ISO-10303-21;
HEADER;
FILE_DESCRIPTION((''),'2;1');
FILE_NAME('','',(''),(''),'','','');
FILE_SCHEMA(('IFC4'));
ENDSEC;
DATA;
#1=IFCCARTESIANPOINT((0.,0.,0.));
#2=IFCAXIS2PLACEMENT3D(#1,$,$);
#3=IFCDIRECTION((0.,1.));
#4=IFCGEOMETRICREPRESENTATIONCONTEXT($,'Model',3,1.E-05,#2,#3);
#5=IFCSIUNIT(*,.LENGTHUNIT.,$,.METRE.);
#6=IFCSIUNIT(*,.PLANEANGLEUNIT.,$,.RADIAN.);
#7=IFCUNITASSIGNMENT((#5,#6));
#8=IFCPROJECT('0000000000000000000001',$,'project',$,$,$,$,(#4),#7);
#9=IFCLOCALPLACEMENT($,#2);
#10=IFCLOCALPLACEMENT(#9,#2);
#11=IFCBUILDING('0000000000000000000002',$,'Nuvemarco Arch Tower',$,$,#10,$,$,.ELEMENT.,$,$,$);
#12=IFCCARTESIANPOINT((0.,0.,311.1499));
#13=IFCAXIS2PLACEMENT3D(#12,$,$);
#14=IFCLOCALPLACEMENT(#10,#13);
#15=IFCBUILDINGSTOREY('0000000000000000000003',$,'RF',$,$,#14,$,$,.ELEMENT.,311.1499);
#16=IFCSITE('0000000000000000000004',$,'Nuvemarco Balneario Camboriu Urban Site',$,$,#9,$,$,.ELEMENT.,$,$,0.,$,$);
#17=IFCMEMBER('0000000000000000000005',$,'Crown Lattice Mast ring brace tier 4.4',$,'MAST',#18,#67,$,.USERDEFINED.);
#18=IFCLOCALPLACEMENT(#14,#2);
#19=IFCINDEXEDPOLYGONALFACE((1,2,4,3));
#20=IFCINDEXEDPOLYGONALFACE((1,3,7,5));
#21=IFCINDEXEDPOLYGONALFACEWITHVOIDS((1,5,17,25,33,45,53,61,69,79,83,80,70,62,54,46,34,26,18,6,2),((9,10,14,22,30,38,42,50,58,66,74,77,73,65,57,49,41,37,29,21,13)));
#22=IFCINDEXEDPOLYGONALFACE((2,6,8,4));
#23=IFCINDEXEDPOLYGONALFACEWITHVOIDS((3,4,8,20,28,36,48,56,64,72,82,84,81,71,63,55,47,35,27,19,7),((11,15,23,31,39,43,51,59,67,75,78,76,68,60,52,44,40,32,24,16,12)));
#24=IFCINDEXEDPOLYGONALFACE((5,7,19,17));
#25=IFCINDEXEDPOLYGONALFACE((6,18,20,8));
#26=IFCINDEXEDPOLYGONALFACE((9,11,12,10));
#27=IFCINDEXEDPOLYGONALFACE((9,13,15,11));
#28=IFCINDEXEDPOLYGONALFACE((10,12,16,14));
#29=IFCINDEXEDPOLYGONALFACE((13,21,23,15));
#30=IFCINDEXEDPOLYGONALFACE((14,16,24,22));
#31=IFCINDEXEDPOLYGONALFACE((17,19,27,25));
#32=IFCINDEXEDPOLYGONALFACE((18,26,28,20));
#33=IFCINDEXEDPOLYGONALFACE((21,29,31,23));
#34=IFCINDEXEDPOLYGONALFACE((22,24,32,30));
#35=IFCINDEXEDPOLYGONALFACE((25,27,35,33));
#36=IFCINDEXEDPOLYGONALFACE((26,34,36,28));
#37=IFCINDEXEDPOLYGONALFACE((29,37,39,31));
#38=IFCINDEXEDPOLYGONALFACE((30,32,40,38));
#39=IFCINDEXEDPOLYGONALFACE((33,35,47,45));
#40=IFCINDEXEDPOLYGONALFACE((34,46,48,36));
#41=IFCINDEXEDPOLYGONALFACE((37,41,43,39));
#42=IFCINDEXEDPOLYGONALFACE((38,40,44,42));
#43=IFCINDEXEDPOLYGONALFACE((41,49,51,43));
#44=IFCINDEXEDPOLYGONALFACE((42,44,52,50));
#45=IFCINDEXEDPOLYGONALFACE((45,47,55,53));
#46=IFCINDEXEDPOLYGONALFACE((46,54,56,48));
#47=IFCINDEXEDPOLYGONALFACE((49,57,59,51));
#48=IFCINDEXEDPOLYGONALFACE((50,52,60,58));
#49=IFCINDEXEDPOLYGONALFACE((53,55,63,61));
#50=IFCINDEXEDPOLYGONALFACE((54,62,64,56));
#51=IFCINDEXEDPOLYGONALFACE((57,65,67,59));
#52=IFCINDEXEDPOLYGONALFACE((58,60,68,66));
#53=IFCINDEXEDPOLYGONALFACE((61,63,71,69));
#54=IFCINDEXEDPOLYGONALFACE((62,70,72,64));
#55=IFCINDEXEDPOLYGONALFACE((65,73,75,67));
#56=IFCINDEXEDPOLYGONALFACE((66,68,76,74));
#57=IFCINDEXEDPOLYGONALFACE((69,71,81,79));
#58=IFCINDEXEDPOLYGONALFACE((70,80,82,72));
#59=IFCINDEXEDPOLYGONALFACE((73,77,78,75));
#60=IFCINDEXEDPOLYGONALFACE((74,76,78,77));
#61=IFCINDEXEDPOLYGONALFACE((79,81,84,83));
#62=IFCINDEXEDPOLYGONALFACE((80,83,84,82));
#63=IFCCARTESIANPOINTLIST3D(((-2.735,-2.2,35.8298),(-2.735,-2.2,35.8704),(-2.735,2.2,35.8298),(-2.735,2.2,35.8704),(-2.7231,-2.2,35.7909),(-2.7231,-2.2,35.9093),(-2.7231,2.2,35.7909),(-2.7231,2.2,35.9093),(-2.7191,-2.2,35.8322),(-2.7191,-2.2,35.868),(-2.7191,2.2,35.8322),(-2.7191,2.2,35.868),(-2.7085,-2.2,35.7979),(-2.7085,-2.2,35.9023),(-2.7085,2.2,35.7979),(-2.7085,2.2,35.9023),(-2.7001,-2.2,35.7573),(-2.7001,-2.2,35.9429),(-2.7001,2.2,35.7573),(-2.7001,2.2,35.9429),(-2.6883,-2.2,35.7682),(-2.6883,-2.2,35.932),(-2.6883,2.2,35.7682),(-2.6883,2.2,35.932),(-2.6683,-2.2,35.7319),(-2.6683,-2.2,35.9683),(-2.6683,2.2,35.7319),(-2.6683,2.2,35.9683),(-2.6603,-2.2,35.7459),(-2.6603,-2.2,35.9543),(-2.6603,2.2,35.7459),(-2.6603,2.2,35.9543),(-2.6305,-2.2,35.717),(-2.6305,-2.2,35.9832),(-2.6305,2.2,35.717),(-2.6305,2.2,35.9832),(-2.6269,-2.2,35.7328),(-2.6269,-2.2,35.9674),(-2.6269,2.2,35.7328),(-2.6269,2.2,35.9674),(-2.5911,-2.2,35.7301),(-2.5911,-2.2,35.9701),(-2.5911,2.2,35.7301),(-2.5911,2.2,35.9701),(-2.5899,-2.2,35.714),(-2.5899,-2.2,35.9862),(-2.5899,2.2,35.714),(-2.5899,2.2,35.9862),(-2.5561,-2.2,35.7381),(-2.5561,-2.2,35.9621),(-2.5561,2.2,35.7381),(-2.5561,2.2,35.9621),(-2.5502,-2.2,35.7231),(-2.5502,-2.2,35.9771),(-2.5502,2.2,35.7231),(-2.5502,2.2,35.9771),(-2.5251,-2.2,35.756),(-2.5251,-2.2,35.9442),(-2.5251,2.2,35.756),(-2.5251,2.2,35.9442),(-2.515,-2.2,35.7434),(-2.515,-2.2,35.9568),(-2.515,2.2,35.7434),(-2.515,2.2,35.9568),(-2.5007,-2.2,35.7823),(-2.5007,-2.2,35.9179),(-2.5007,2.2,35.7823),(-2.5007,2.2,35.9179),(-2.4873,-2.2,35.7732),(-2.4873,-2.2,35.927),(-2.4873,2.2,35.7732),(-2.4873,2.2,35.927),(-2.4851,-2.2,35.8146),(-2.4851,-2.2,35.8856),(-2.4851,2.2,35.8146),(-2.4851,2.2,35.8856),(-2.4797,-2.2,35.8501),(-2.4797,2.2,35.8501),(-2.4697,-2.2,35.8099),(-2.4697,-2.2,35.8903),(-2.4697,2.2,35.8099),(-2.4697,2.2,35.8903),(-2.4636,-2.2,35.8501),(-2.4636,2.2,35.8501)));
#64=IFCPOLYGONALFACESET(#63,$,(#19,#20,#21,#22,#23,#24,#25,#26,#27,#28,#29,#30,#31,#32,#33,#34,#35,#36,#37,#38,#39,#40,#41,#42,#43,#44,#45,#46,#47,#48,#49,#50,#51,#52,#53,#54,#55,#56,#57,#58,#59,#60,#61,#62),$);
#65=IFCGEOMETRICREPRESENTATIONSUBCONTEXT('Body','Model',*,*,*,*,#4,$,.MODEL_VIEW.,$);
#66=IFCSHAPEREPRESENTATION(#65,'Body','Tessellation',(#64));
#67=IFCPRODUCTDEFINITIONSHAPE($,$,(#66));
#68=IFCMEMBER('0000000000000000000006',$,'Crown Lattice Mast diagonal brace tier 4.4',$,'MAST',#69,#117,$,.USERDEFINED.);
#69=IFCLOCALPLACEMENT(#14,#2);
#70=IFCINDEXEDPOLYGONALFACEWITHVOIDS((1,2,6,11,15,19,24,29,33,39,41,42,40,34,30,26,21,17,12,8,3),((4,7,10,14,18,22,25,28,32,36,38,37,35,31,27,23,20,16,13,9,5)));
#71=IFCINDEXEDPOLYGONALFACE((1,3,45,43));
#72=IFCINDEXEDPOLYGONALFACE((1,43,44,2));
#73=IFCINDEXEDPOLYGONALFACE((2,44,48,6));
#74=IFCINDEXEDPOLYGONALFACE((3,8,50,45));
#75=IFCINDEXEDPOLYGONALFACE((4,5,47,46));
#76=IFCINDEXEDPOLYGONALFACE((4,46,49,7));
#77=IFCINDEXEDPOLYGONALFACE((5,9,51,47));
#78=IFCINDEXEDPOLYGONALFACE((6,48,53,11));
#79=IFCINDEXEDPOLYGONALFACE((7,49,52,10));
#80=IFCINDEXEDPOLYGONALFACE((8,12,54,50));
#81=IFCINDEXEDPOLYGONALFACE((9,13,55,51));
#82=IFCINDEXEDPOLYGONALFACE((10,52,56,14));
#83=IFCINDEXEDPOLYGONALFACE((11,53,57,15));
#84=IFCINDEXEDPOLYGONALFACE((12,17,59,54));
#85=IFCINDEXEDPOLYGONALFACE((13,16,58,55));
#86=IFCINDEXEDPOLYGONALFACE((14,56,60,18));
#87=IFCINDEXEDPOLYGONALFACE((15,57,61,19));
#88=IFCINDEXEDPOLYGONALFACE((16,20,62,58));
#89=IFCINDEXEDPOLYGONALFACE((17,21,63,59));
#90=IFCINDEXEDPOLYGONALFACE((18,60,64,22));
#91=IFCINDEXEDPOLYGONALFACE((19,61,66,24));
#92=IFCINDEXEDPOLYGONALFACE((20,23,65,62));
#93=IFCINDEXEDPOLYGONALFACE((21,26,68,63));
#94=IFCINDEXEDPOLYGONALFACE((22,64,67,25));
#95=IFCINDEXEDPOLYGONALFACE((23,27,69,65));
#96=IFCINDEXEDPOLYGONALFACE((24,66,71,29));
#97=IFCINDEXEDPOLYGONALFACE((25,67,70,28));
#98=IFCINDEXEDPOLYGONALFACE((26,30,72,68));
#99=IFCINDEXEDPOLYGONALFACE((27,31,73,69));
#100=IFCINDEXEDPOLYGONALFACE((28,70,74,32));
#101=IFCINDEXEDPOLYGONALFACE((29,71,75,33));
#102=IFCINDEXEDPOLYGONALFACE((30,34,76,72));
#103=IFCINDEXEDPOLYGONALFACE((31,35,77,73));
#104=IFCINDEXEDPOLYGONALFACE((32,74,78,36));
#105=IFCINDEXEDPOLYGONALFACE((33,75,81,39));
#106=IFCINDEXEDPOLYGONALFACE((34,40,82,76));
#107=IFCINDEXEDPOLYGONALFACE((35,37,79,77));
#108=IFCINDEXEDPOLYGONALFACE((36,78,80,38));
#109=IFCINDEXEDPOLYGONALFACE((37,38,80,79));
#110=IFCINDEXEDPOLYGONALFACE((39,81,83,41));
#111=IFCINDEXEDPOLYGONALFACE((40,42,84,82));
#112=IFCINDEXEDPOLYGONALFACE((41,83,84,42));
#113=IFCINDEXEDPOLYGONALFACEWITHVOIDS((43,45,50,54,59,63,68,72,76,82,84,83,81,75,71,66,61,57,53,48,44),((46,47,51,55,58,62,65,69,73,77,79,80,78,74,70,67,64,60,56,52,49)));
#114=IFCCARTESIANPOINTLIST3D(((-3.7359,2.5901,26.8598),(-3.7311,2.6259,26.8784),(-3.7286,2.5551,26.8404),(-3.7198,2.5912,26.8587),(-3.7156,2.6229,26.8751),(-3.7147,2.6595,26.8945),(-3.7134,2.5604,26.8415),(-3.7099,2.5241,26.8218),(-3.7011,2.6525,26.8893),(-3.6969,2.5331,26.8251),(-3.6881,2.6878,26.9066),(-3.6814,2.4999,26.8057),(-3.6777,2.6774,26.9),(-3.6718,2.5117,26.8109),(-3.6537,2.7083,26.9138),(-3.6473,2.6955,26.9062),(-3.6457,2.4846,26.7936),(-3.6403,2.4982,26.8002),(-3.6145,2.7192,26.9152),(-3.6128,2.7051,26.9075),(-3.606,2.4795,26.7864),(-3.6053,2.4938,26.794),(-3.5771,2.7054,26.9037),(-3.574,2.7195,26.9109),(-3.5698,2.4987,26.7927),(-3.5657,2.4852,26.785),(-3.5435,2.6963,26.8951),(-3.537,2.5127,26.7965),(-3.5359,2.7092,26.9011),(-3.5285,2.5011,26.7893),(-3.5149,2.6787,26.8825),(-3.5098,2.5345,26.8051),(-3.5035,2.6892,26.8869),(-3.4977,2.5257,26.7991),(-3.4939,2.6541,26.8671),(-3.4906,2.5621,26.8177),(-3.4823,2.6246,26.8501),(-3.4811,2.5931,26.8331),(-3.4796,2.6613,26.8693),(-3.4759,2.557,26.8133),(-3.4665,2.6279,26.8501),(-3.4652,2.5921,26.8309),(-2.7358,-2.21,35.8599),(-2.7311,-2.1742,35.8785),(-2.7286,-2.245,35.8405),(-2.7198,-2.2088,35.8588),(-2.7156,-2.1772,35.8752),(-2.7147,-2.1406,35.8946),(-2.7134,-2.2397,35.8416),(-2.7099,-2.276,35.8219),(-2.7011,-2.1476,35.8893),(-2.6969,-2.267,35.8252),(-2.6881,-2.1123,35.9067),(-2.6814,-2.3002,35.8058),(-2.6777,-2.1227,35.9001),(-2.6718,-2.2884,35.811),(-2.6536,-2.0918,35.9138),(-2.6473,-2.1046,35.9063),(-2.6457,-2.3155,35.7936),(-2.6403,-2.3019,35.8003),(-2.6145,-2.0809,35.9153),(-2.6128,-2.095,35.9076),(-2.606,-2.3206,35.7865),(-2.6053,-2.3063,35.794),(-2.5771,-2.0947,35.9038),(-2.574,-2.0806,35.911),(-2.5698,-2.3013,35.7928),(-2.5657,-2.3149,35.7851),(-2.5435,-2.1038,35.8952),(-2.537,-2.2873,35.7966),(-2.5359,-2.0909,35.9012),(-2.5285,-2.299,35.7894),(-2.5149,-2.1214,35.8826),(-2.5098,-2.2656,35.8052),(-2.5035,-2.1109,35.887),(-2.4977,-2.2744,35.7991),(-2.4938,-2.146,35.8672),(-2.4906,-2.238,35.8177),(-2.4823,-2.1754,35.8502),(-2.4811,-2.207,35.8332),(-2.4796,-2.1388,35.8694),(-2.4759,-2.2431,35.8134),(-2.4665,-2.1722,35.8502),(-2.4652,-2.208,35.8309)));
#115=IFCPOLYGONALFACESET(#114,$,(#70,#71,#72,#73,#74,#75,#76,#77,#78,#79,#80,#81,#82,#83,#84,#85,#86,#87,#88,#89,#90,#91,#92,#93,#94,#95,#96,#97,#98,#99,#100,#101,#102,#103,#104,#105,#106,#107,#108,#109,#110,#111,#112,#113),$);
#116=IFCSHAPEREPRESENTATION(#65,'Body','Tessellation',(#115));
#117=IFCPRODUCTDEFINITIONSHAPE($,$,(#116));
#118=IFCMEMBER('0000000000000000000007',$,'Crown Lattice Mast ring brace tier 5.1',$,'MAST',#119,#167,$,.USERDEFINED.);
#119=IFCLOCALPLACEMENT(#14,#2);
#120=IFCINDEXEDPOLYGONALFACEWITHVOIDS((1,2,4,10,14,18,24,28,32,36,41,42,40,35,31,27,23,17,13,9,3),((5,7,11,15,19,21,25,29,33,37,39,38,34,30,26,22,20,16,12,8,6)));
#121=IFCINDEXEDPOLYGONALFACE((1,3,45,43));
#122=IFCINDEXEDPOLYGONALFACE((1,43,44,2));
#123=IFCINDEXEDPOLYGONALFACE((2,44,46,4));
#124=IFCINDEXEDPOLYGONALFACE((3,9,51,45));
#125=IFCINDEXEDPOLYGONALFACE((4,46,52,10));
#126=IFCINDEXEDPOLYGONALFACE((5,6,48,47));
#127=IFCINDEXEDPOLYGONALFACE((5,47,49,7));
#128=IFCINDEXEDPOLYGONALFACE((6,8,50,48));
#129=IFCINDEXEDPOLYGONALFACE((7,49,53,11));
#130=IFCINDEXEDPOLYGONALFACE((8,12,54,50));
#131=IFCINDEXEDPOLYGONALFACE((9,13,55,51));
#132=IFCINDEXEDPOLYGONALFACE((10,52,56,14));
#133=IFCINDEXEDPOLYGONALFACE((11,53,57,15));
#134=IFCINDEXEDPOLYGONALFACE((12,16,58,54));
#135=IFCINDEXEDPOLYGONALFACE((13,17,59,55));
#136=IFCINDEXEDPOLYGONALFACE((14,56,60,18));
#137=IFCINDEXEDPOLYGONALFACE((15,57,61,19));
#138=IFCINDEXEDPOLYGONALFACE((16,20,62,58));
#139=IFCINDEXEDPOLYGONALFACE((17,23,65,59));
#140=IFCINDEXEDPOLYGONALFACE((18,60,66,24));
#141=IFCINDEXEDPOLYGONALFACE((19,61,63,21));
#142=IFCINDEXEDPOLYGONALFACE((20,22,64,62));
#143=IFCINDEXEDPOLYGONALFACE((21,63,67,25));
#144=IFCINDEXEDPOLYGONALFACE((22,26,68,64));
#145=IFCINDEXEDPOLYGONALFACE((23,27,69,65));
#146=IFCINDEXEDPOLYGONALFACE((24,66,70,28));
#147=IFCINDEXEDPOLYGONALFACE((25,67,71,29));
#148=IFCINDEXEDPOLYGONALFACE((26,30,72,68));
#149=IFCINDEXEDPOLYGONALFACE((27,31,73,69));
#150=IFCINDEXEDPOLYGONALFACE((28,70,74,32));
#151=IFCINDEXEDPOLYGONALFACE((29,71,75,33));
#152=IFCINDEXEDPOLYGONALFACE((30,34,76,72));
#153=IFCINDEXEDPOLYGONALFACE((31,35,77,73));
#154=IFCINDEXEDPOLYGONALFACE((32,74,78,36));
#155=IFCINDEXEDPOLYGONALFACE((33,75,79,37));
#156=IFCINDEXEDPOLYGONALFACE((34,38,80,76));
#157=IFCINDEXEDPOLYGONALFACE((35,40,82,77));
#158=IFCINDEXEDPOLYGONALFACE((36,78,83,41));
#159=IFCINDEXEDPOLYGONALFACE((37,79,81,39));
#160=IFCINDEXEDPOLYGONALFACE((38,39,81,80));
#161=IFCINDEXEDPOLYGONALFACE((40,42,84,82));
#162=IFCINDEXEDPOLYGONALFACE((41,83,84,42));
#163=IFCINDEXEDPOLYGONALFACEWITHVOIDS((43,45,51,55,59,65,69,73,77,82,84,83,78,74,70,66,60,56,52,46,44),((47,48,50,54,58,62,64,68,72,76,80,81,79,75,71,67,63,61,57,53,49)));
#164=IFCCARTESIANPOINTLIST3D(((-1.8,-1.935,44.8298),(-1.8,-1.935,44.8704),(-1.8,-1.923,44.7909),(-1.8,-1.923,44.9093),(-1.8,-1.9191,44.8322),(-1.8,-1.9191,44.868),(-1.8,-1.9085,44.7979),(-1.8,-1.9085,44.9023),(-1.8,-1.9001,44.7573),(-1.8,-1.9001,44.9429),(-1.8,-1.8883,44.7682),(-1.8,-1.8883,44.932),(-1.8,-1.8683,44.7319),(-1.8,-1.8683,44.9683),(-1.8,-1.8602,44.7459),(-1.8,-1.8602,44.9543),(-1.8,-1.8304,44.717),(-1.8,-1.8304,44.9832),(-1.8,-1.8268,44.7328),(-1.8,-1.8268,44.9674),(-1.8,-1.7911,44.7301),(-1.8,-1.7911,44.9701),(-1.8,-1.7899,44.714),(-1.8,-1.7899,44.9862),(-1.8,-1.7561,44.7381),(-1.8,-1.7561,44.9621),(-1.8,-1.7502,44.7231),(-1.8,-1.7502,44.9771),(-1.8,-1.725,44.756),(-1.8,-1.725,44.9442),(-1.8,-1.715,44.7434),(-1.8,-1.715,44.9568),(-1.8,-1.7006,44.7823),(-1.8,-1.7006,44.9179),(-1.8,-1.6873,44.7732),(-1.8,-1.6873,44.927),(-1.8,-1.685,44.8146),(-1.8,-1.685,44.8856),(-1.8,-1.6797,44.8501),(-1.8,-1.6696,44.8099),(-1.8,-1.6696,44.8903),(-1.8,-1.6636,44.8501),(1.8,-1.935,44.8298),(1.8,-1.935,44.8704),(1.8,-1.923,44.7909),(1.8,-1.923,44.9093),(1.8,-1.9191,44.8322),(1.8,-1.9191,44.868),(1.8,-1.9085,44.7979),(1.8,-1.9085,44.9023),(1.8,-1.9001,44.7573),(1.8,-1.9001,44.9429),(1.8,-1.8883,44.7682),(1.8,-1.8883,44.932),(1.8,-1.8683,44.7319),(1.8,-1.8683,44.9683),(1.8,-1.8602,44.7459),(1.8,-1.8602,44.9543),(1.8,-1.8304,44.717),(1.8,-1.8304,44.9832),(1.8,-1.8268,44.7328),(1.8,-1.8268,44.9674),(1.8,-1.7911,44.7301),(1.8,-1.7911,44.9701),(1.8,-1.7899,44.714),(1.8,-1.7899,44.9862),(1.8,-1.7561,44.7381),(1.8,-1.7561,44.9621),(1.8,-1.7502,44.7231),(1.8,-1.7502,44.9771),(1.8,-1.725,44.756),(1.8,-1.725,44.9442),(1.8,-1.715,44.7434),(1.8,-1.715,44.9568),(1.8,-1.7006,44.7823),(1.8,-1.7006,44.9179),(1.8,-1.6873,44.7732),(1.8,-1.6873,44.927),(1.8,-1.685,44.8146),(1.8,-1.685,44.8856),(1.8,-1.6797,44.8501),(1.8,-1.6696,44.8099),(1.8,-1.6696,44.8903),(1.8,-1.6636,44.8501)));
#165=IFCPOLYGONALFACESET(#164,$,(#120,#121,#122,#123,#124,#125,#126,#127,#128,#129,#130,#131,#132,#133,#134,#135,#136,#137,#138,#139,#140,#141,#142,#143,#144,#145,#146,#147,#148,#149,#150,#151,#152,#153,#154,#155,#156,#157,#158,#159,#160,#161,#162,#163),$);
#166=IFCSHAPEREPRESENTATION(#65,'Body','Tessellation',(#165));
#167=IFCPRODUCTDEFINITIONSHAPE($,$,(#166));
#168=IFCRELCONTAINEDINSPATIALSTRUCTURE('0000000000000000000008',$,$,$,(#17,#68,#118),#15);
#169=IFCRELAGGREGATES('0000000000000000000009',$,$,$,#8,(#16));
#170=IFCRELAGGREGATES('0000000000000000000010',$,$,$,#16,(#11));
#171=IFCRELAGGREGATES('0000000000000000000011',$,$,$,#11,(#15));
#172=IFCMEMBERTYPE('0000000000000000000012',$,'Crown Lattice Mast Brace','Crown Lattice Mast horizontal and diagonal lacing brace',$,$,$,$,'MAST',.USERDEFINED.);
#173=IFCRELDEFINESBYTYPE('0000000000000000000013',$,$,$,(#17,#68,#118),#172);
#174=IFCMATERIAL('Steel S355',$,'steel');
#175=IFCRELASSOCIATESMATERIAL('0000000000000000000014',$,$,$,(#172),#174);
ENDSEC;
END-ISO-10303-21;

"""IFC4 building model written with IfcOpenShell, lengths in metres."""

from ifc_helpers import new_model, si_unit, direction, frame, origin, origin_2d, place, context, subcontext, project, spatial, hollow_circle, extrude, material, material_profile, profile_set, type_object, element, save


model = new_model("IFC4")

# Units and contexts
model_context = context("Model", 3, precision=1e-05, world=origin(), true_north=direction((0.0, 1.0)))
body_context = subcontext(model_context, "Body", "Model", "MODEL_VIEW")
ifc_project = project(units=[si_unit("LENGTHUNIT", "METRE"), si_unit("PLANEANGLEUNIT", "RADIAN")], contexts=[model_context])

# Site, building, storey
site_placement = place(None, origin())
site = spatial("IfcSite", under=ifc_project, at=site_placement, Name="Nuvemarco Balneario Camboriu Urban Site", CompositionType="ELEMENT", RefElevation=0.0)
building_placement = place(site_placement, origin())
building = spatial("IfcBuilding", under=site, at=building_placement, Name="Nuvemarco Arch Tower", CompositionType="ELEMENT")
storey_placement = place(building_placement, frame((0.0, 0.0, 311.1499)))
storey = spatial("IfcBuildingStorey", under=building, at=storey_placement, Name="RF", CompositionType="ELEMENT", Elevation=311.1499)

# Members
ifc_material = material(Name="Steel S355", Category="steel")
ifc_material_profile_1 = material_profile(ifc_material, hollow_circle(Radius=0.1365, WallThickness=0.0161, at=origin_2d()), Name="CHS273x16")
ifc_profile_set_1 = profile_set([ifc_material_profile_1], Name="Steel S355")
member_type_1 = type_object("IfcMemberType", Name="Crown Lattice Mast Brace", Description="Crown Lattice Mast horizontal and diagonal lacing brace", ElementType="MAST", PredefinedType="USERDEFINED", material=ifc_profile_set_1)
member_1_placement = place(storey_placement, frame((-2.6001, 2.2, 35.8501), z_axis=(0.0, -1.0, 0.0), x_axis=(1.0, 0.0, 0.0)))
element("IfcMember", 1, at=member_1_placement, inside=storey, type_object=member_type_1, Name="Crown Lattice Mast ring brace tier 4.4", ObjectType="MAST", PredefinedType="USERDEFINED", context=body_context, shape_type="SweptSolid", body=[
    extrude(hollow_circle(Radius=0.1365, WallThickness=0.0161, at=origin_2d()), origin(), (0.0, 0.0, 1.0), 4.3999),
])
member_2_placement = place(storey_placement, frame((-3.6001, 2.6001, 26.8501), z_axis=(0.097571, -0.468347, 0.878141), x_axis=(0.978981, 0.203952, 0.0)))
element("IfcMember", 2, at=member_2_placement, inside=storey, type_object=member_type_1, Name="Crown Lattice Mast diagonal brace tier 4.4", ObjectType="MAST", PredefinedType="USERDEFINED", context=body_context, shape_type="SweptSolid", body=[
    extrude(hollow_circle(Radius=0.1365, WallThickness=0.0161, at=origin_2d()), origin(), (0.0, 0.0, 1.0), 10.249),
])
member_3_placement = place(storey_placement, frame((-1.8, -1.8, 44.8501), z_axis=(1.0, 0.0, 0.0), x_axis=(0.0, 1.0, 0.0)))
element("IfcMember", 3, at=member_3_placement, inside=storey, type_object=member_type_1, Name="Crown Lattice Mast ring brace tier 5.1", ObjectType="MAST", PredefinedType="USERDEFINED", context=body_context, shape_type="SweptSolid", body=[
    extrude(hollow_circle(Radius=0.1365, WallThickness=0.0161, at=origin_2d()), origin(), (0.0, 0.0, 1.0), 3.6001),
])

save(model, "model.ifc")
